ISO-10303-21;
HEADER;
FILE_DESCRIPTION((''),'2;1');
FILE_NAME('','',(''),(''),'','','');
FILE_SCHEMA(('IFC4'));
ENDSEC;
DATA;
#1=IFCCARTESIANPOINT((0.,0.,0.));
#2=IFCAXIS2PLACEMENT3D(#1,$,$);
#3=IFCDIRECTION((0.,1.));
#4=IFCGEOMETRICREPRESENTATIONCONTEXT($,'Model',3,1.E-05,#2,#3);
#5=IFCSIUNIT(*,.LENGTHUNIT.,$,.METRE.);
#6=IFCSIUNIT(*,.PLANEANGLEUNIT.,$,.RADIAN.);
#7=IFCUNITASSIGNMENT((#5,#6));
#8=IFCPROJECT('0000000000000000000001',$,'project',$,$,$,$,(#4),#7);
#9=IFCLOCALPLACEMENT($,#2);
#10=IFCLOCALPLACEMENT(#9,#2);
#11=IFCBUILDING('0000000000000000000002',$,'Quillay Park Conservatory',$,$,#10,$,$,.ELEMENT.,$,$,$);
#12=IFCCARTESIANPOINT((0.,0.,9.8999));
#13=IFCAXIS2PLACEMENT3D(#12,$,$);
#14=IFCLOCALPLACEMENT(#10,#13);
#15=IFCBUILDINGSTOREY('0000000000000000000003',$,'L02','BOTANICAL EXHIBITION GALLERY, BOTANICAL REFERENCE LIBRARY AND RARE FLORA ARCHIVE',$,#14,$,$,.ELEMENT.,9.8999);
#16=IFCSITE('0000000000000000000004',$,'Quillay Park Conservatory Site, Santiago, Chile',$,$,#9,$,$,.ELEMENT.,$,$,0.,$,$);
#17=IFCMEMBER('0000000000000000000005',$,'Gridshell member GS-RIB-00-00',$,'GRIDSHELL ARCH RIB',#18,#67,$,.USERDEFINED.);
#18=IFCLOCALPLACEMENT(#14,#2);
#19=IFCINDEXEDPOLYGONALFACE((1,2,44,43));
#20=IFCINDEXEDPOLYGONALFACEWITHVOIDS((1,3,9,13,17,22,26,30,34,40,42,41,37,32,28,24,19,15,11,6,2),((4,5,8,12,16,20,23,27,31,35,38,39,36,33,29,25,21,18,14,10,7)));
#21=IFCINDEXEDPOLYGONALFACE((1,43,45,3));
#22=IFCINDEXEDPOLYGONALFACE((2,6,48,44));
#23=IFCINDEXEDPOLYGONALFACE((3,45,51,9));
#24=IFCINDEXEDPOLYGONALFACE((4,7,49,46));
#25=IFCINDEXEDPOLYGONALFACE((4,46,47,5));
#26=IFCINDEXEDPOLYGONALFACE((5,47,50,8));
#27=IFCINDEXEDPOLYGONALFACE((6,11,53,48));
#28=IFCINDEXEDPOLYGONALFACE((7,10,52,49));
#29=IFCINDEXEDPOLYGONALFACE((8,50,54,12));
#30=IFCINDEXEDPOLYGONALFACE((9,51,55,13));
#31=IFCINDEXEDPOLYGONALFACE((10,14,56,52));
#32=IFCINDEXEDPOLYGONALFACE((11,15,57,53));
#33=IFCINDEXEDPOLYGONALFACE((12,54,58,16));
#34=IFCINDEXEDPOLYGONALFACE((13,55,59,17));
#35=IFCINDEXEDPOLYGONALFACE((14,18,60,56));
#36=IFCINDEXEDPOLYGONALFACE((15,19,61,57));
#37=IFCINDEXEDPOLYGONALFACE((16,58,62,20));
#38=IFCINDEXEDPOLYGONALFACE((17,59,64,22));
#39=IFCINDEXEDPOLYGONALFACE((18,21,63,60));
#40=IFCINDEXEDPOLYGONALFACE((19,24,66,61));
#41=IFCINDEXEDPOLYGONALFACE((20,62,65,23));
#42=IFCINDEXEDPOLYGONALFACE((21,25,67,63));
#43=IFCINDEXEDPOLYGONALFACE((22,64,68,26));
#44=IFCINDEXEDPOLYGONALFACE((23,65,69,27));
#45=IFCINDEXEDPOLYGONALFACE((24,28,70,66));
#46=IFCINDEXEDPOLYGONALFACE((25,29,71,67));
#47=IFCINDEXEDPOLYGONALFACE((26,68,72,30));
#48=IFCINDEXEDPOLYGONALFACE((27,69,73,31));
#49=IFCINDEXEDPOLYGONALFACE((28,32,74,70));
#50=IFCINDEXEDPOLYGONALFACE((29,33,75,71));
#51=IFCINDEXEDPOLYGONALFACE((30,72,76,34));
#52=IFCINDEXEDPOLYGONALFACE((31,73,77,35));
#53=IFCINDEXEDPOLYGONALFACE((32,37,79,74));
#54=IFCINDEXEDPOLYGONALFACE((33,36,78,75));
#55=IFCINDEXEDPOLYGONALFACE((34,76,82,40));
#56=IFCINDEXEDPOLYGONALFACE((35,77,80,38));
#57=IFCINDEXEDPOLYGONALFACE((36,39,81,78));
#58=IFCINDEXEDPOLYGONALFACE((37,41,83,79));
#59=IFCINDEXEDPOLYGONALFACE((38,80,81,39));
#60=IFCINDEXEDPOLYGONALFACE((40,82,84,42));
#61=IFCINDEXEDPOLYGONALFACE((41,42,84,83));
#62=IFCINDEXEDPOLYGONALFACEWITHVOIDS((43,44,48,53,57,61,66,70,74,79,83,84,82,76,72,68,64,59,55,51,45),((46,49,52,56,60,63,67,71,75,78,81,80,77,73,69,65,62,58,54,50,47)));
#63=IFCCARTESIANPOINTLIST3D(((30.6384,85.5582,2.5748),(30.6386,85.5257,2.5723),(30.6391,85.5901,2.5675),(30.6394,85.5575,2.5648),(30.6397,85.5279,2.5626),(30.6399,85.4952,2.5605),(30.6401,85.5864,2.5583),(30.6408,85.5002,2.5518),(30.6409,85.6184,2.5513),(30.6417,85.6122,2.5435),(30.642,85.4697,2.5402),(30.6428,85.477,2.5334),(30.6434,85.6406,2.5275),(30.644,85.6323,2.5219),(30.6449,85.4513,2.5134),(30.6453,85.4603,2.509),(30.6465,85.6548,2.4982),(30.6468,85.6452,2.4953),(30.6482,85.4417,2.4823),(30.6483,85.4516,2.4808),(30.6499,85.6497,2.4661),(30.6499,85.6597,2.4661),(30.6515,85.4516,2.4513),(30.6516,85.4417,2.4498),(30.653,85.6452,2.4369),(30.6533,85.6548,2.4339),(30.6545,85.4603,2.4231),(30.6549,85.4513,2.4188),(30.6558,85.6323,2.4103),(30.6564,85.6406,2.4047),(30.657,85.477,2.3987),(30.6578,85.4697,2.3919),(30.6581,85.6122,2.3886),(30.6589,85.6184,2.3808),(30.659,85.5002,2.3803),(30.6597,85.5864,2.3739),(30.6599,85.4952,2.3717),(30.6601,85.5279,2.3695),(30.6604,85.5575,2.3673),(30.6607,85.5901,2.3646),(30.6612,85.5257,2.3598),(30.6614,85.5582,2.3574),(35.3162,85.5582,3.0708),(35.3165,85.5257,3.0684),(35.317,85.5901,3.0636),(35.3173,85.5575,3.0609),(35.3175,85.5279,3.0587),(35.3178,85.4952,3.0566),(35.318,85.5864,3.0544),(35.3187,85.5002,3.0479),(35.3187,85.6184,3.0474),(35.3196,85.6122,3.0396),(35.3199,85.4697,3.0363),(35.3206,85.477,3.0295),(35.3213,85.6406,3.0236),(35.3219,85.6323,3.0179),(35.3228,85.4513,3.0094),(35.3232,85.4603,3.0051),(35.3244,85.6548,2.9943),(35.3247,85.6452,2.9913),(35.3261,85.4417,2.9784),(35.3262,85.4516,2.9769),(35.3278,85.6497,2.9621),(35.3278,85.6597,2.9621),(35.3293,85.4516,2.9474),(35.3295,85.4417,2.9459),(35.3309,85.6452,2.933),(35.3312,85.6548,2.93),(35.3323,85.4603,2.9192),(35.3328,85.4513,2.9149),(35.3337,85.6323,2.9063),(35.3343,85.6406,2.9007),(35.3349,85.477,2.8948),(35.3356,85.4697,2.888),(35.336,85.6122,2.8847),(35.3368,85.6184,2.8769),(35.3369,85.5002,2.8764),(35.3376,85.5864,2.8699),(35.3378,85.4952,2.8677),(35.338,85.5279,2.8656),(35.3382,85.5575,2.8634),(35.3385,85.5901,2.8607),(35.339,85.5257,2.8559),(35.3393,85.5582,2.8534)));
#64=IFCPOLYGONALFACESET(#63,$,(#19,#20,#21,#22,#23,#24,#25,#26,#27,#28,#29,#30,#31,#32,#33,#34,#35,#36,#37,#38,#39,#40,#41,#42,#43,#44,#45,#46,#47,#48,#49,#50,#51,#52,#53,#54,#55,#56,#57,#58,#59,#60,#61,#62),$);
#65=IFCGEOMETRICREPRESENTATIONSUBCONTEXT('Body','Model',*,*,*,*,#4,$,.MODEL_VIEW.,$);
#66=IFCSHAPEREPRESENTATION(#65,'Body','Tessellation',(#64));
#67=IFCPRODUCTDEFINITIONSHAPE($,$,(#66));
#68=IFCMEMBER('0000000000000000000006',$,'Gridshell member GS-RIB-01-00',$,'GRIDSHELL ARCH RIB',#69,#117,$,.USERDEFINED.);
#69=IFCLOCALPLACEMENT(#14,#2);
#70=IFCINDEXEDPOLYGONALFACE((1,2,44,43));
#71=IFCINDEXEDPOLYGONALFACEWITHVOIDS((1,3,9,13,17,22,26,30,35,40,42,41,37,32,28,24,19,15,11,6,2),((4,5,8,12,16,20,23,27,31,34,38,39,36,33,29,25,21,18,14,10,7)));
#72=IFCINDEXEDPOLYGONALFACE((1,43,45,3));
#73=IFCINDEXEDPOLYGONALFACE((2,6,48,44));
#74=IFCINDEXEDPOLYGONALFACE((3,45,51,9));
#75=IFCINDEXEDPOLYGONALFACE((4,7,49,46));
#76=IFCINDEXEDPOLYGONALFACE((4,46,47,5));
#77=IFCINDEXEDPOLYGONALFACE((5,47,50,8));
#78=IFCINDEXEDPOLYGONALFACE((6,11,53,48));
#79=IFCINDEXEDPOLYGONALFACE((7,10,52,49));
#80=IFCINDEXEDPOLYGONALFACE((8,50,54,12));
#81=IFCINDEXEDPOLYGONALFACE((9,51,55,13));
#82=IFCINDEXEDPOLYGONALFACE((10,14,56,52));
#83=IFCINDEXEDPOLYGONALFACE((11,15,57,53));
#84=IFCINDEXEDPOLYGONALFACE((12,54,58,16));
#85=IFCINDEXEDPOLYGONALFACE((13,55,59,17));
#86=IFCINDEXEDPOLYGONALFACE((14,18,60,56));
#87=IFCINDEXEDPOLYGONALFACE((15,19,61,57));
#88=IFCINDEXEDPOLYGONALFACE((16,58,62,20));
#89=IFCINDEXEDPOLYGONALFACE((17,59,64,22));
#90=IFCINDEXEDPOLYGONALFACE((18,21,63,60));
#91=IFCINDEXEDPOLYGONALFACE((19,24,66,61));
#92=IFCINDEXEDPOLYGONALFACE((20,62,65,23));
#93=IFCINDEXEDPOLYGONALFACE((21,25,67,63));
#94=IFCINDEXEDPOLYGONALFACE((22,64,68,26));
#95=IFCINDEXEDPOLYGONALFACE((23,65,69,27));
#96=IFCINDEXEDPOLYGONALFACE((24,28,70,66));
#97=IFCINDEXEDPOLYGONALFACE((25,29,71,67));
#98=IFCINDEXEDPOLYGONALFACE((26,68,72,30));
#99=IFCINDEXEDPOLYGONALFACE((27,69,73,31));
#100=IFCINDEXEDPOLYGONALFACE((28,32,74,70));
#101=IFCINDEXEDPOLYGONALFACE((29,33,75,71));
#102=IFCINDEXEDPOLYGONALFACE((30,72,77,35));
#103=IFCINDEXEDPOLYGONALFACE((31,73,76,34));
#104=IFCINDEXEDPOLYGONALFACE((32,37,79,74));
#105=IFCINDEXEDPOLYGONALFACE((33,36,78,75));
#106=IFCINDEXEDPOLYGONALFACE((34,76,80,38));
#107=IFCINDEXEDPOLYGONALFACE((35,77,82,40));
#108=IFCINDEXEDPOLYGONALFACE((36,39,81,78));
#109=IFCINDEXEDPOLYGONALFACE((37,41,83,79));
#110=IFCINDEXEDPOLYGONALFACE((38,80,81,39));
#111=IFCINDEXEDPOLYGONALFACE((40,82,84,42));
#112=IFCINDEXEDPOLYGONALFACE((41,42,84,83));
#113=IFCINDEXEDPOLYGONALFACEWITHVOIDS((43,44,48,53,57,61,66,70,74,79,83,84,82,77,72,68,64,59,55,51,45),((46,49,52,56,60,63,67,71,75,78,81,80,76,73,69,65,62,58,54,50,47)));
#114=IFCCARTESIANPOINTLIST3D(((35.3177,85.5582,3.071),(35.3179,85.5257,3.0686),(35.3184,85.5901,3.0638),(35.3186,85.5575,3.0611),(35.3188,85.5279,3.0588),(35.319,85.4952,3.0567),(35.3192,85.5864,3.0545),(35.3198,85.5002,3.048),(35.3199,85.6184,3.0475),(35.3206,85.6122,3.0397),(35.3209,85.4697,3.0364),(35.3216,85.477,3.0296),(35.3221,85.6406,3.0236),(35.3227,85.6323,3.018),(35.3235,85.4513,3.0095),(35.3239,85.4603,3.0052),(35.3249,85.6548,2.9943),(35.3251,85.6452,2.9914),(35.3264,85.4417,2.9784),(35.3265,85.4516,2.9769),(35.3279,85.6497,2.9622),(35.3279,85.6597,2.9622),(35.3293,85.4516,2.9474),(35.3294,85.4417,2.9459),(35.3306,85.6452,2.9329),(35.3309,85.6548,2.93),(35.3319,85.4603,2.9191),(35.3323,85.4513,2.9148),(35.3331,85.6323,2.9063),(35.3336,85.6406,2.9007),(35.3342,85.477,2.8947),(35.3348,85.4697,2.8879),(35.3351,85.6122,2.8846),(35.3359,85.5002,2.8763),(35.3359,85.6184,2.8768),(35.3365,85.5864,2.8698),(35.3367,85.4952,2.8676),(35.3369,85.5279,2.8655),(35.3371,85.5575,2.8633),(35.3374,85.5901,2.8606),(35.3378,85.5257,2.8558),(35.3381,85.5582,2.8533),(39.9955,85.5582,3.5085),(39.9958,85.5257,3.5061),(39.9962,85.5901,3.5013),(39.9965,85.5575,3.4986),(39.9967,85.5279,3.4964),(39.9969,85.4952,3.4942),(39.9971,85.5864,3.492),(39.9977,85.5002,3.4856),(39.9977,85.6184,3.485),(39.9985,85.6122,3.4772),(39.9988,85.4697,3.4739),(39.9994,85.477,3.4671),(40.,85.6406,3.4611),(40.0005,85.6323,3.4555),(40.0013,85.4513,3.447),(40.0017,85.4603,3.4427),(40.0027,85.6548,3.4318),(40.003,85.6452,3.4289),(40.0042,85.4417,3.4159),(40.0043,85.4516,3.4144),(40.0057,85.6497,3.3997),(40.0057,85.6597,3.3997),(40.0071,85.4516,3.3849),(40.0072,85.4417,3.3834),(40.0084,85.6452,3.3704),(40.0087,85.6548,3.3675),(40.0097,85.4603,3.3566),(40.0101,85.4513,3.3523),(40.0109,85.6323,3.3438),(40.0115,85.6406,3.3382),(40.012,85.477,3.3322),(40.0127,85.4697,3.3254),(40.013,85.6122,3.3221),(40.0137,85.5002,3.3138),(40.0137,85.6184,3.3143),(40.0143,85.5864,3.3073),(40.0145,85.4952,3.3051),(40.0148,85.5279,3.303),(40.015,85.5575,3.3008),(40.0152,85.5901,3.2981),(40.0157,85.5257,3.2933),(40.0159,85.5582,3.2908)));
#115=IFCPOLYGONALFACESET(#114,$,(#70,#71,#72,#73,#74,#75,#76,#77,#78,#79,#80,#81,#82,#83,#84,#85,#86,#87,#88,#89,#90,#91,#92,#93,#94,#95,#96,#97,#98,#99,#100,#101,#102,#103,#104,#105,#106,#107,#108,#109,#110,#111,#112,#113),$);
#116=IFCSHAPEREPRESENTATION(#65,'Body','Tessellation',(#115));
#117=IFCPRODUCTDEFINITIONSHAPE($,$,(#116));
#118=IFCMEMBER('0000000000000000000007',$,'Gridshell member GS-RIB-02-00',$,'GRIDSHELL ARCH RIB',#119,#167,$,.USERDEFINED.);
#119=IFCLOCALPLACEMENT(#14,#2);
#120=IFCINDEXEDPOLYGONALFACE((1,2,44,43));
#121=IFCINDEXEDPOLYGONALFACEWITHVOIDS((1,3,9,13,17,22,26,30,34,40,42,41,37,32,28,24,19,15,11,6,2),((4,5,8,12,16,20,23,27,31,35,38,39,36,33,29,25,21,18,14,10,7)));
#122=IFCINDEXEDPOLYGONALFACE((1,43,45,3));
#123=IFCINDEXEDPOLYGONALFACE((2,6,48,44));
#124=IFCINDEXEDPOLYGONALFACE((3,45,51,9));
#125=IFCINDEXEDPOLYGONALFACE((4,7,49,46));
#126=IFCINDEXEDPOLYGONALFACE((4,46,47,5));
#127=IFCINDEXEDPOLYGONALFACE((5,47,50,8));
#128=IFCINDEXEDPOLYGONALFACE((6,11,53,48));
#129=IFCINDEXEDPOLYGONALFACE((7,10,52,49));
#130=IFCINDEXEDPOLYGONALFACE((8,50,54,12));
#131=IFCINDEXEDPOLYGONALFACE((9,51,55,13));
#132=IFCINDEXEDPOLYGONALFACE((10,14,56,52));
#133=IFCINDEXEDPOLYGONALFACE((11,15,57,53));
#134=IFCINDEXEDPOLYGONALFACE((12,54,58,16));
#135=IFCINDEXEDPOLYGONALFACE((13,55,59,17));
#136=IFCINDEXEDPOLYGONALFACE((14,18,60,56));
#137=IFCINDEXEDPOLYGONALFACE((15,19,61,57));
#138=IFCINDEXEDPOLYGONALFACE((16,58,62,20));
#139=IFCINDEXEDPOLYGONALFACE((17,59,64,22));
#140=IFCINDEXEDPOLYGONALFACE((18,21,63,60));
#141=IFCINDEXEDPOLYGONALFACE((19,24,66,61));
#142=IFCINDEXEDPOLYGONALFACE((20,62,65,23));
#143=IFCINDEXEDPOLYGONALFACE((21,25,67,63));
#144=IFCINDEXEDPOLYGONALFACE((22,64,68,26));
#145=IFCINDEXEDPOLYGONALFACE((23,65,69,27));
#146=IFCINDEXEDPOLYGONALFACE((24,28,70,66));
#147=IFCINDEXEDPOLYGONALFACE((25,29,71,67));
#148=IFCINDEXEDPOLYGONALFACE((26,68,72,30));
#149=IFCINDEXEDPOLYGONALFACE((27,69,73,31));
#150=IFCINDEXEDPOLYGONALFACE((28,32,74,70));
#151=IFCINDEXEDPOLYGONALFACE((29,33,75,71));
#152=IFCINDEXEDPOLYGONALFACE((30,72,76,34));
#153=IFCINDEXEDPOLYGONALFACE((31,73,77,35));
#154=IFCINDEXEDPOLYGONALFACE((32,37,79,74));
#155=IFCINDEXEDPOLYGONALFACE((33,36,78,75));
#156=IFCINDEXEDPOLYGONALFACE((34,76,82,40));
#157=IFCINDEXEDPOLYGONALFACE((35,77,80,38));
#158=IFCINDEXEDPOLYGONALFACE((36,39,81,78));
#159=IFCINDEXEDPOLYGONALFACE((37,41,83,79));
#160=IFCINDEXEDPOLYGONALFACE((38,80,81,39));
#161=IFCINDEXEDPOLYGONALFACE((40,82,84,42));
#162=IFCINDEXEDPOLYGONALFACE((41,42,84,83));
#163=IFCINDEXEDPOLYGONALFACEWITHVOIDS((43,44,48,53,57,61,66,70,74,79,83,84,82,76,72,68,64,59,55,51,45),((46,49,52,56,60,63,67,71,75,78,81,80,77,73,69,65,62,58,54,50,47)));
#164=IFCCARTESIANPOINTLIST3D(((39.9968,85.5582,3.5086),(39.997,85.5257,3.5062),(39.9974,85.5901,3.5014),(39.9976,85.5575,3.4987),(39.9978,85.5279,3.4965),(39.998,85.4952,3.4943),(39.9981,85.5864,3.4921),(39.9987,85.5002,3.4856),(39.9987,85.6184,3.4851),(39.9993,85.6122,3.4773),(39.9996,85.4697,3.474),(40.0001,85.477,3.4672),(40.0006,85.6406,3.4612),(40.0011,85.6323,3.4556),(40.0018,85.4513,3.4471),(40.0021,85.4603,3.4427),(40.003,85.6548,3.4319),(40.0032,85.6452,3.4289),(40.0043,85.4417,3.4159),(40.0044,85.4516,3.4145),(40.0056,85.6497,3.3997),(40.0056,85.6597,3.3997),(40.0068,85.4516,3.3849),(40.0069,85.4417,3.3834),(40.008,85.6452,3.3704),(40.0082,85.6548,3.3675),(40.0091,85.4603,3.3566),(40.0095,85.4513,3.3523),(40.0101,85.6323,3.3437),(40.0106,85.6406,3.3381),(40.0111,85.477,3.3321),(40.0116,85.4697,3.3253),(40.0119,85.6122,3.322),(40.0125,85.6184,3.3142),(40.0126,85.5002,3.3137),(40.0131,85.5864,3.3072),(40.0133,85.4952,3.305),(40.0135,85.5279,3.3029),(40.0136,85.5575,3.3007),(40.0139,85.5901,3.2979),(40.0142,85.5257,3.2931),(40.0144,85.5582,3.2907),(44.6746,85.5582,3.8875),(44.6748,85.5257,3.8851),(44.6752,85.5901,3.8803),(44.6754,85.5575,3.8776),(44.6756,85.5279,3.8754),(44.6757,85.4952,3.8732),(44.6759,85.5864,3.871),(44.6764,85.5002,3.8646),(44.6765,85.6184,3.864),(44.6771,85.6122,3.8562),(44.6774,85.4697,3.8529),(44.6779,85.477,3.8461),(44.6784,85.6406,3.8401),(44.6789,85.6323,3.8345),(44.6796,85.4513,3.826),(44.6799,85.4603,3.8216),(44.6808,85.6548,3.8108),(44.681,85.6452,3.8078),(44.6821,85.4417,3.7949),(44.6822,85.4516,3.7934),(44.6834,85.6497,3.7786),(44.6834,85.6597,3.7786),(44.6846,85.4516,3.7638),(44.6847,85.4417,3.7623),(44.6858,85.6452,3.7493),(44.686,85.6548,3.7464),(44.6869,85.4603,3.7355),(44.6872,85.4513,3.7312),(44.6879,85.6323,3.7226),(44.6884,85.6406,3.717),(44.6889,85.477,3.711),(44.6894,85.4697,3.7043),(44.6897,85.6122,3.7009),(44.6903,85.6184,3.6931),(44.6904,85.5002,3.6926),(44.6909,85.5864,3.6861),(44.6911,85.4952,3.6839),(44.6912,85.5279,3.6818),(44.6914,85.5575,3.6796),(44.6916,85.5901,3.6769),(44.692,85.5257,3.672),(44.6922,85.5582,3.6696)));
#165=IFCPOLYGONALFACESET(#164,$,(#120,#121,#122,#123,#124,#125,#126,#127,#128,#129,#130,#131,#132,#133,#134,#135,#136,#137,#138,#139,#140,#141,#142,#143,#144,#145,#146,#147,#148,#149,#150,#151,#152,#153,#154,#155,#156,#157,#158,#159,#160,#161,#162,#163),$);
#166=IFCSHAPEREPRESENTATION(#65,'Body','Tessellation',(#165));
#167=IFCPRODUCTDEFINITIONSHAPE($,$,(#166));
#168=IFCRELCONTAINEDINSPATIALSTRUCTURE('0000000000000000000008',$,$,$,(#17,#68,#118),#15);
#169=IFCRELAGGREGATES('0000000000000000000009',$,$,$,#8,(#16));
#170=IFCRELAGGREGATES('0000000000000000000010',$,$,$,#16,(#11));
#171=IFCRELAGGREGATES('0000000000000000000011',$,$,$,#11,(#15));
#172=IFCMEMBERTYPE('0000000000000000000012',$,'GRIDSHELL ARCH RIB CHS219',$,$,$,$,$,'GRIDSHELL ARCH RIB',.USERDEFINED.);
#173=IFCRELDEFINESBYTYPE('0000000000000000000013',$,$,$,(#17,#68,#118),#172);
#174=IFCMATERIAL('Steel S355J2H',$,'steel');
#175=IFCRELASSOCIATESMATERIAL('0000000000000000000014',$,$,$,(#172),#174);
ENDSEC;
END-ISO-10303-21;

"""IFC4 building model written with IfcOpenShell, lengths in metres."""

from ifc_helpers import new_model, si_unit, direction, frame, origin, origin_2d, place, context, subcontext, project, spatial, hollow_circle, extrude, material, material_profile, profile_set, type_object, element, save


model = new_model("IFC4")

# Units and contexts
model_context = context("Model", 3, precision=1e-05, world=origin(), true_north=direction((0.0, 1.0)))
body_context = subcontext(model_context, "Body", "Model", "MODEL_VIEW")
ifc_project = project(units=[si_unit("LENGTHUNIT", "METRE"), si_unit("PLANEANGLEUNIT", "RADIAN")], contexts=[model_context])

# Site, building, storey
site_placement = place(None, origin())
site = spatial("IfcSite", under=ifc_project, at=site_placement, Name="Quillay Park Conservatory Site, Santiago, Chile", CompositionType="ELEMENT", RefElevation=0.0)
building_placement = place(site_placement, origin())
building = spatial("IfcBuilding", under=site, at=building_placement, Name="Quillay Park Conservatory", CompositionType="ELEMENT")
storey_placement = place(building_placement, frame((0.0, 0.0, 9.8999)))
storey = spatial("IfcBuildingStorey", under=building, at=storey_placement, Name="L02", Description="BOTANICAL EXHIBITION GALLERY, BOTANICAL REFERENCE LIBRARY AND RARE FLORA ARCHIVE", CompositionType="ELEMENT", Elevation=9.8999)

# Members
ifc_material_1 = material(Name="Steel S355J2H", Category="steel")
ifc_material_profile_1 = material_profile(ifc_material_1, hollow_circle(Radius=0.1096, WallThickness=0.01, at=origin_2d()), Name="CHS219.1x10")
ifc_profile_set_1 = profile_set([ifc_material_profile_1], Name="Steel S355J2H")
member_type_1 = type_object("IfcMemberType", Name="GRIDSHELL ARCH RIB CHS219", ElementType="GRIDSHELL ARCH RIB", PredefinedType="USERDEFINED", material=ifc_profile_set_1)
member_1_placement = place(storey_placement, frame((30.6499, 85.55, 2.4661), z_axis=(0.994424, 0.0, 0.105457), x_axis=(0.0, 1.0, 0.0)))
element("IfcMember", 1, at=member_1_placement, inside=storey, type_object=member_type_1, Name="Gridshell member GS-RIB-00-00", ObjectType="GRIDSHELL ARCH RIB", PredefinedType="USERDEFINED", context=body_context, shape_type="SweptSolid", body=[
    extrude(hollow_circle(Radius=0.1096, WallThickness=0.01, at=origin_2d()), origin(), (0.0, 0.0, 1.0), 4.7041),
])
member_2_placement = place(storey_placement, frame((35.3279, 85.55, 2.9622), z_axis=(0.995655, 0.0, 0.093122), x_axis=(0.0, 1.0, 0.0)))
element("IfcMember", 2, at=member_2_placement, inside=storey, type_object=member_type_1, Name="Gridshell member GS-RIB-01-00", ObjectType="GRIDSHELL ARCH RIB", PredefinedType="USERDEFINED", context=body_context, shape_type="SweptSolid", body=[
    extrude(hollow_circle(Radius=0.1096, WallThickness=0.01, at=origin_2d()), origin(), (0.0, 0.0, 1.0), 4.6982),
])
member_3_placement = place(storey_placement, frame((40.0056, 85.55, 3.3997), z_axis=(0.996735, 0.0, 0.080738), x_axis=(0.0, 1.0, 0.0)))
element("IfcMember", 3, at=member_3_placement, inside=storey, type_object=member_type_1, Name="Gridshell member GS-RIB-02-00", ObjectType="GRIDSHELL ARCH RIB", PredefinedType="USERDEFINED", context=body_context, shape_type="SweptSolid", body=[
    extrude(hollow_circle(Radius=0.1096, WallThickness=0.01, at=origin_2d()), origin(), (0.0, 0.0, 1.0), 4.6931),
])

save(model, "model.ifc")
